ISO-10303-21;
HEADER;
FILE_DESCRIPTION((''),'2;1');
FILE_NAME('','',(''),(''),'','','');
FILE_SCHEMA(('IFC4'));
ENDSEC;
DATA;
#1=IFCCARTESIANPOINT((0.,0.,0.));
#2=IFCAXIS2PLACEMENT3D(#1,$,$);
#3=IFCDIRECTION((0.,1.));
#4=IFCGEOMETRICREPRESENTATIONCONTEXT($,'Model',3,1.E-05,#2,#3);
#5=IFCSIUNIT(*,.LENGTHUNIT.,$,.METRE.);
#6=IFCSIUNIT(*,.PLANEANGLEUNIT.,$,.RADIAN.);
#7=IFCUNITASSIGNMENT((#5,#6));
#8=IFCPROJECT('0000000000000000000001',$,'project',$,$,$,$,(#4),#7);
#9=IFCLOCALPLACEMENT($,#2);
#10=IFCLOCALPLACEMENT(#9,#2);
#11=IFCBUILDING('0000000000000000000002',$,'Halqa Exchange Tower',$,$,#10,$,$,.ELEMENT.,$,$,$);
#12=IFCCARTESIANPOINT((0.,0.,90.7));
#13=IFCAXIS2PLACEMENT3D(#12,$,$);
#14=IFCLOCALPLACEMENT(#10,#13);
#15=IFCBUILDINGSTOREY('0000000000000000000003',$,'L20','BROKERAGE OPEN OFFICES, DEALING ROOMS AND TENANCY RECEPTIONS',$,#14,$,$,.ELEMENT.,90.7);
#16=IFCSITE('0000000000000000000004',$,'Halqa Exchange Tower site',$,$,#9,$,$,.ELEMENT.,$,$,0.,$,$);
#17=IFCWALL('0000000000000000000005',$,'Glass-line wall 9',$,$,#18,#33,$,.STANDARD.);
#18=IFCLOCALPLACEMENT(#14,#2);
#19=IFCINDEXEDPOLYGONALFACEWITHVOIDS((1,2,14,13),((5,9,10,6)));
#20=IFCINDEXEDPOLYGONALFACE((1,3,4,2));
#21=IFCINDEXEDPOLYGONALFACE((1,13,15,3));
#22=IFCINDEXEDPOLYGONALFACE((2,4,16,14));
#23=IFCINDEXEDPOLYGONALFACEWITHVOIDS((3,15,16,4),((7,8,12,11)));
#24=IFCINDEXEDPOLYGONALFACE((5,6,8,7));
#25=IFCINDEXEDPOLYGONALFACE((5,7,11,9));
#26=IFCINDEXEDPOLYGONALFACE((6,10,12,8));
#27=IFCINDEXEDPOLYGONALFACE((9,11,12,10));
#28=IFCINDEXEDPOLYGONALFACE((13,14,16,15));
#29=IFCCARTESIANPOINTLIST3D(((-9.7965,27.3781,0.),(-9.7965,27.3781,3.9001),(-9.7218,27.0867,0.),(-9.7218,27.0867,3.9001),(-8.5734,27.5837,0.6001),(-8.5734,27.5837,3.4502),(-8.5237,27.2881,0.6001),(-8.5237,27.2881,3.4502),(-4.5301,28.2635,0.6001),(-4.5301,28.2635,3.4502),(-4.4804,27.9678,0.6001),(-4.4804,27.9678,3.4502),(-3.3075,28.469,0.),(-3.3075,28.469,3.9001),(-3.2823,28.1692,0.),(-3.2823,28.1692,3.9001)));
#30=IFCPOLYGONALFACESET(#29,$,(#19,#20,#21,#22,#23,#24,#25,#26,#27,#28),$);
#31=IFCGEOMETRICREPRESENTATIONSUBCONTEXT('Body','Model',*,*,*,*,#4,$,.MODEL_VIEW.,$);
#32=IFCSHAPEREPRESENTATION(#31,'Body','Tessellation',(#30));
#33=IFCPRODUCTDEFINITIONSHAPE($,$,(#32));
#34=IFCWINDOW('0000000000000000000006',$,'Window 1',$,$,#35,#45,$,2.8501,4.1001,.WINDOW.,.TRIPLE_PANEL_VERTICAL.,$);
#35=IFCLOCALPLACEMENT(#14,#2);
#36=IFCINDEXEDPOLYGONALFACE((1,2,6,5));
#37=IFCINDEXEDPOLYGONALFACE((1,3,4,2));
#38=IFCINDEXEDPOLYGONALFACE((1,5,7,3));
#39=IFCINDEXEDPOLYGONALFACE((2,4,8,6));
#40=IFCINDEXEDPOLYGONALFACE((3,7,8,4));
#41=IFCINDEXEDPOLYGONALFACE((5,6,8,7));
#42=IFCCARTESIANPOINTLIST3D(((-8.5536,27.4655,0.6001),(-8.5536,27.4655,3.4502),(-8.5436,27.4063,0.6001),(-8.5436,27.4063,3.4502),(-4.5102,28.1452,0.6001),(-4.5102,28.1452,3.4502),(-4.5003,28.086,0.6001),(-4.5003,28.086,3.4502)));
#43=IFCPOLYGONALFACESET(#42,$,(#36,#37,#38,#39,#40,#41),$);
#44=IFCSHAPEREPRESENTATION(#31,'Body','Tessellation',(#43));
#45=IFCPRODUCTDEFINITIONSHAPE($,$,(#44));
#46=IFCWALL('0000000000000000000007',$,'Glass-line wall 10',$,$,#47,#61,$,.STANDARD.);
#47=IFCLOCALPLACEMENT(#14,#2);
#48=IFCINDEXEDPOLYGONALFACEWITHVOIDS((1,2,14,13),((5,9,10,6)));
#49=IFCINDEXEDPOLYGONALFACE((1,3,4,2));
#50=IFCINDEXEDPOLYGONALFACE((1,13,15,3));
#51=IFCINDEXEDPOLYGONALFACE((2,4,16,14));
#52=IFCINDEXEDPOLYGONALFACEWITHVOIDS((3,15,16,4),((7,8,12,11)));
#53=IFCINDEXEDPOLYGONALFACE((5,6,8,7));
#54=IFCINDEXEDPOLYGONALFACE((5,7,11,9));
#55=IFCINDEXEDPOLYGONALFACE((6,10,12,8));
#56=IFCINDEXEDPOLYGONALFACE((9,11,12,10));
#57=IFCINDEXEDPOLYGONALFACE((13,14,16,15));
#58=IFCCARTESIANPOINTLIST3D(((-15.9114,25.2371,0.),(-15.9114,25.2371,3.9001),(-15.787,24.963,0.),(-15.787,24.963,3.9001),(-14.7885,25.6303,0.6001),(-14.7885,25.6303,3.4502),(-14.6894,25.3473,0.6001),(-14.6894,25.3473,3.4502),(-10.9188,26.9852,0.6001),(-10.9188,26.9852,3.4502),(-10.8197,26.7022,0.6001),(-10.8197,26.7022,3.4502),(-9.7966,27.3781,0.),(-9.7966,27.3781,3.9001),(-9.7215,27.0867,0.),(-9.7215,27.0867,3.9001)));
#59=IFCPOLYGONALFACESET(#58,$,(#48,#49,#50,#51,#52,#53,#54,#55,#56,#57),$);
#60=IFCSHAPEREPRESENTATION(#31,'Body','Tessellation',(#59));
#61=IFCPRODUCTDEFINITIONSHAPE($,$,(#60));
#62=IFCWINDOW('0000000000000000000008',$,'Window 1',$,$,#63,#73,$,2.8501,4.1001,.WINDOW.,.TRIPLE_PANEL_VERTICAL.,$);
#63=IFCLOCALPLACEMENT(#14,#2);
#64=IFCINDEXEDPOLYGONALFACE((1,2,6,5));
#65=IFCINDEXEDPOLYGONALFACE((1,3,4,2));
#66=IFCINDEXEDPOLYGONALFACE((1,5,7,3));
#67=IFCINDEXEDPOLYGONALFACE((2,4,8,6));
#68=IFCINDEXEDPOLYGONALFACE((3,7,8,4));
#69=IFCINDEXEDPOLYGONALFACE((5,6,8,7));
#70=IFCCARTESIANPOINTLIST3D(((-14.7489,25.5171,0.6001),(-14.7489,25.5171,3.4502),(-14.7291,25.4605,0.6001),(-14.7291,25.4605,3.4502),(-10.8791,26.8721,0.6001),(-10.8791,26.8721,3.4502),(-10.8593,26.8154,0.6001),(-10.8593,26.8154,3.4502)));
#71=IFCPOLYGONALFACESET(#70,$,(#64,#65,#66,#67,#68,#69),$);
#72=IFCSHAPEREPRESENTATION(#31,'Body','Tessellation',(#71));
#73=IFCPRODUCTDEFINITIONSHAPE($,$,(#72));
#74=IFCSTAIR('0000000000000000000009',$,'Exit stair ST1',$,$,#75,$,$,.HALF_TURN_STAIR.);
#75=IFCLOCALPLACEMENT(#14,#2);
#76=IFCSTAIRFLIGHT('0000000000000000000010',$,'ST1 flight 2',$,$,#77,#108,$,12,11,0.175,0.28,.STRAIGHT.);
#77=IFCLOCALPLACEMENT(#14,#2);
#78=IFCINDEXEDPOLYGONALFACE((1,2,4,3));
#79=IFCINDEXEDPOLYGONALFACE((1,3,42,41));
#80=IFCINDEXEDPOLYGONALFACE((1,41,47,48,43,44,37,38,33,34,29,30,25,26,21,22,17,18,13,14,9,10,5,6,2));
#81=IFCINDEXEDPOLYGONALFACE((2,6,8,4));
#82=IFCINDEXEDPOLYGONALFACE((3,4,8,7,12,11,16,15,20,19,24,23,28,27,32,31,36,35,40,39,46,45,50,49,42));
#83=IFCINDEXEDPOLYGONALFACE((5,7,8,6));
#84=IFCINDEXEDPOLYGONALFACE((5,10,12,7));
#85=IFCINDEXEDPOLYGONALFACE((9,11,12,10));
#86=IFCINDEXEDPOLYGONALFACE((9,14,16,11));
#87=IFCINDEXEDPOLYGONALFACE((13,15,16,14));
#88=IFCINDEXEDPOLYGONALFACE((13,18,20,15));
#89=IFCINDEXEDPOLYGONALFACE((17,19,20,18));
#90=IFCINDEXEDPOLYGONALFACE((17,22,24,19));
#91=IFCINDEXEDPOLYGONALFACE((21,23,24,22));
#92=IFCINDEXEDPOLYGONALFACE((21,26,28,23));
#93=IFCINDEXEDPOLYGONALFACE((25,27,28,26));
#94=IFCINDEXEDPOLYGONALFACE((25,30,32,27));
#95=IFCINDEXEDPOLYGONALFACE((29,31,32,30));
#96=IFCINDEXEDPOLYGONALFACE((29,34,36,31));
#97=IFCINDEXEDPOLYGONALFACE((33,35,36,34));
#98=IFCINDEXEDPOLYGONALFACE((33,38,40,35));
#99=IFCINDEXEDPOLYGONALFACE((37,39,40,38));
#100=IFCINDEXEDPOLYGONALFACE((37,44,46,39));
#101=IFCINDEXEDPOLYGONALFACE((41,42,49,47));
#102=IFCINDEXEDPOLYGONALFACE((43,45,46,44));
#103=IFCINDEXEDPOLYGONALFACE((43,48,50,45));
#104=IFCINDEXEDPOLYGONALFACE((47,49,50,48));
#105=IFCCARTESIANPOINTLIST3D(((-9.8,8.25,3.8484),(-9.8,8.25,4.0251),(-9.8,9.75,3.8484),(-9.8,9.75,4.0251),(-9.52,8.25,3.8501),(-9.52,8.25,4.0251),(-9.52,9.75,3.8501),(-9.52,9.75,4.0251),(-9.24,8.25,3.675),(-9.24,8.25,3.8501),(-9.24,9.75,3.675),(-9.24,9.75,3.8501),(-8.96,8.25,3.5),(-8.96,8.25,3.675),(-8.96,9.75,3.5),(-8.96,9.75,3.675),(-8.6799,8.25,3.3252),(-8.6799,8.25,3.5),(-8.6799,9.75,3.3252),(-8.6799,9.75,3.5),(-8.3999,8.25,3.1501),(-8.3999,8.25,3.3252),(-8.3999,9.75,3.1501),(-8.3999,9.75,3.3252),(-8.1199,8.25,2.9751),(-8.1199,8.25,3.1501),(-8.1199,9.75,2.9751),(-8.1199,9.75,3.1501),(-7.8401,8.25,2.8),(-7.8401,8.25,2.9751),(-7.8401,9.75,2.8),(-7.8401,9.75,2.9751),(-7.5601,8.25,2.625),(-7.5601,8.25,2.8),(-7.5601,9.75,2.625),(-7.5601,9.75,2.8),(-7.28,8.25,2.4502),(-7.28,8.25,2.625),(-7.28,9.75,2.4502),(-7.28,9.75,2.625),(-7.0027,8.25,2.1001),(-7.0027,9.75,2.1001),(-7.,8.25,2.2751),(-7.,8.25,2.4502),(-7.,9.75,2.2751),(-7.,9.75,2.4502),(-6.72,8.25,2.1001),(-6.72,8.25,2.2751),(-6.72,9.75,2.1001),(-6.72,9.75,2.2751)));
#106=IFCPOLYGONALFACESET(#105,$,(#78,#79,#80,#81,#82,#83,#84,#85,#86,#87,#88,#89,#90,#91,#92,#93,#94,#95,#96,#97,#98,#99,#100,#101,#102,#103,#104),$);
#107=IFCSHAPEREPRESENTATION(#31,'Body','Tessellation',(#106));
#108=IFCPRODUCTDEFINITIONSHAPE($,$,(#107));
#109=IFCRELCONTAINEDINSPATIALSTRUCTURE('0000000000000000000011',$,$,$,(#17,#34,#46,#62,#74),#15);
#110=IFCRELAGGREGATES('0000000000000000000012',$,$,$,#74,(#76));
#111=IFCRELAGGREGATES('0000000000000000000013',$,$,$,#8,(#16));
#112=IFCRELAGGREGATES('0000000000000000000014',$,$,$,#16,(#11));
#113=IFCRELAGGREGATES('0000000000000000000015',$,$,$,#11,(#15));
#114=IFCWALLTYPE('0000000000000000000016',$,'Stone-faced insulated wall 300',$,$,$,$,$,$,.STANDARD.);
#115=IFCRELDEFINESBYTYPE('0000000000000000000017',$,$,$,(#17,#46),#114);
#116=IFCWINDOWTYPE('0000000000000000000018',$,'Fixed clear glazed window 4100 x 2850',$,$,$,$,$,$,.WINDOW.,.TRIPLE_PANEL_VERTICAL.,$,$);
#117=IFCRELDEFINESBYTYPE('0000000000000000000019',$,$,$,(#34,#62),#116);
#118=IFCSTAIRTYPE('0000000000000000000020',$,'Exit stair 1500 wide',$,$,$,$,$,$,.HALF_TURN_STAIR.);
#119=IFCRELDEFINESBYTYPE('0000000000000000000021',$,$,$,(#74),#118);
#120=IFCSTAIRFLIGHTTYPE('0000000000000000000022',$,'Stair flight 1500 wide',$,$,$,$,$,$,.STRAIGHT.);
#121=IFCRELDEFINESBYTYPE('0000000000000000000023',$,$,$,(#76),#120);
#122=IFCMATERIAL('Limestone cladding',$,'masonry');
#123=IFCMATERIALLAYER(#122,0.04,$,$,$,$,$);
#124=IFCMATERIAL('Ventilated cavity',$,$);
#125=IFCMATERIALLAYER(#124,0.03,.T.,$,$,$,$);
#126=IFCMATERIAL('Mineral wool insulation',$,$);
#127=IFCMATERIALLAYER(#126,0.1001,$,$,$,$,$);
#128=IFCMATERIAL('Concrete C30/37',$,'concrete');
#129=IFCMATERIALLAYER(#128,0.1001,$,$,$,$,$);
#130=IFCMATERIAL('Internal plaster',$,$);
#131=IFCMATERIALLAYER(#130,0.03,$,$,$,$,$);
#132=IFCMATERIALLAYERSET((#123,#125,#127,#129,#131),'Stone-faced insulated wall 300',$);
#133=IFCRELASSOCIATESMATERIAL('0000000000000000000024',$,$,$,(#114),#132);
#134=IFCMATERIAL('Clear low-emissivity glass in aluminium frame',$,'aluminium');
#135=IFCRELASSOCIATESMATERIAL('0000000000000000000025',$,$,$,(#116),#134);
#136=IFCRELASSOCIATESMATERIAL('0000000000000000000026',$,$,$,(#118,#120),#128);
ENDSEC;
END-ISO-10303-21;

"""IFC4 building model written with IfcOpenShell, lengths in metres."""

from ifc_helpers import new_model, si_unit, direction, frame, frame_2d, origin, place, context, subcontext, project, spatial, polyline, rectangle, outline, extrude, material, layer, layer_set, type_object, element, fill, aggregate, save


model = new_model("IFC4")

# Units and contexts
model_context = context("Model", 3, precision=1e-05, world=origin(), true_north=direction((0.0, 1.0)))
body_context = subcontext(model_context, "Body", "Model", "MODEL_VIEW")
ifc_project = project(units=[si_unit("LENGTHUNIT", "METRE"), si_unit("PLANEANGLEUNIT", "RADIAN")], contexts=[model_context])

# Site, building, storey
site_placement = place(None, origin())
site = spatial("IfcSite", under=ifc_project, at=site_placement, Name="Halqa Exchange Tower site", CompositionType="ELEMENT", RefElevation=0.0)
building_placement = place(site_placement, origin())
building = spatial("IfcBuilding", under=site, at=building_placement, Name="Halqa Exchange Tower", CompositionType="ELEMENT")
storey_placement = place(building_placement, frame((0.0, 0.0, 90.7)))
storey = spatial("IfcBuildingStorey", under=building, at=storey_placement, Name="L20", Description="BROKERAGE OPEN OFFICES, DEALING ROOMS AND TENANCY RECEPTIONS", CompositionType="ELEMENT", Elevation=90.7)

# Shared definitions
ifc_material_1 = material(Name="Concrete C30/37", Category="concrete")

# Walls, openings, windows
ifc_material_2 = material(Name="Limestone cladding", Category="masonry")
ifc_layer_1 = layer(ifc_material_2, 0.04)
ifc_material_3 = material(Name="Ventilated cavity")
ifc_layer_2 = layer(ifc_material_3, 0.03, ventilated=True)
ifc_material_4 = material(Name="Mineral wool insulation")
ifc_layer_3 = layer(ifc_material_4, 0.1001)
ifc_layer_4 = layer(ifc_material_1, 0.1001)
ifc_material_5 = material(Name="Internal plaster")
ifc_layer_5 = layer(ifc_material_5, 0.03)
ifc_layer_set_1 = layer_set([ifc_layer_1, ifc_layer_2, ifc_layer_3, ifc_layer_4, ifc_layer_5], Name="Stone-faced insulated wall 300")
wall_type_1 = type_object("IfcWallType", Name="Stone-faced insulated wall 300", PredefinedType="STANDARD", material=ifc_layer_set_1)
wall_1_placement = place(storey_placement, frame((-3.2949, 28.3191, 0.0), z_axis=(0.0, 0.0, 1.0), x_axis=(-0.986162, -0.165782, 0.0)))
wall_1 = element("IfcWall", 1, at=wall_1_placement, inside=storey, type_object=wall_type_1, Name="Glass-line wall 9", PredefinedType="STANDARD", context=body_context, shape_type="SweptSolid", body=[
    extrude(outline(polyline([(-0.0125, -0.1499), (6.5676, -0.1499), (6.5422, 0.1499), (0.0125, 0.1499), (-0.0125, -0.1499)])), origin(), (0.0, 0.0, 1.0), 3.9001),
])
opening_1_placement = place(wall_1_placement, frame((1.2273, 0.0, 0.6001)))
opening_1 = element("IfcOpeningElement", 2, at=opening_1_placement, cuts=wall_1, PredefinedType="OPENING", context=body_context, shape_type="SweptSolid", body=[
    extrude(rectangle(XDim=4.1001, YDim=2.8501, at=frame_2d((2.05, 1.425))), frame((0.0, 0.1621, 0.0), z_axis=(0.0, -1.0, 0.0), x_axis=(1.0, 0.0, 0.0)), (0.0, 0.0, 1.0), 0.324),
])
ifc_material_6 = material(Name="Clear low-emissivity glass in aluminium frame", Category="aluminium")
window_type = type_object("IfcWindowType", Name="Fixed clear glazed window 4100 x 2850", PartitioningType="TRIPLE_PANEL_VERTICAL", PredefinedType="WINDOW", material=ifc_material_6)
window_1_placement = place(opening_1_placement, origin())
window_1 = element("IfcWindow", 3, at=window_1_placement, inside=storey, type_object=window_type, Name="Window 1", OverallHeight=2.8501, OverallWidth=4.1001, PartitioningType="TRIPLE_PANEL_VERTICAL", PredefinedType="WINDOW", context=body_context, shape_type="SweptSolid", body=[
    extrude(rectangle(XDim=4.1001, YDim=2.8501, at=frame_2d((2.05, 1.425))), frame((0.0, 0.03, 0.0), z_axis=(0.0, -1.0, 0.0), x_axis=(1.0, 0.0, 0.0)), (0.0, 0.0, 1.0), 0.0601),
])
fill(opening_1, window_1)
wall_2_placement = place(storey_placement, frame((-9.759, 27.2324, 0.0), z_axis=(0.0, 0.0, 1.0), x_axis=(-0.94382, -0.33046, 0.0)))
wall_2 = element("IfcWall", 4, at=wall_2_placement, inside=storey, type_object=wall_type_1, Name="Glass-line wall 10", PredefinedType="STANDARD", context=body_context, shape_type="SweptSolid", body=[
    extrude(outline(polyline([(-0.0127, -0.1499), (6.4661, -0.1499), (6.4392, 0.1499), (0.0127, 0.1499), (-0.0127, -0.1499)])), origin(), (0.0, 0.0, 1.0), 3.9001),
])
opening_2_placement = place(wall_2_placement, frame((1.1763, 0.0, 0.6001)))
opening_2 = element("IfcOpeningElement", 5, at=opening_2_placement, cuts=wall_2, PredefinedType="OPENING", context=body_context, shape_type="SweptSolid", body=[
    extrude(rectangle(XDim=4.1001, YDim=2.8501, at=frame_2d((2.05, 1.425))), frame((0.0, 0.1621, 0.0), z_axis=(0.0, -1.0, 0.0), x_axis=(1.0, 0.0, 0.0)), (0.0, 0.0, 1.0), 0.324),
])
window_2_placement = place(opening_2_placement, origin())
window_2 = element("IfcWindow", 6, at=window_2_placement, inside=storey, type_object=window_type, Name="Window 1", OverallHeight=2.8501, OverallWidth=4.1001, PartitioningType="TRIPLE_PANEL_VERTICAL", PredefinedType="WINDOW", context=body_context, shape_type="SweptSolid", body=[
    extrude(rectangle(XDim=4.1001, YDim=2.8501, at=frame_2d((2.05, 1.425))), frame((0.0, 0.03, 0.0), z_axis=(0.0, -1.0, 0.0), x_axis=(1.0, 0.0, 0.0)), (0.0, 0.0, 1.0), 0.0601),
])
fill(opening_2, window_2)

# Stair, stair flight
stair_type = type_object("IfcStairType", Name="Exit stair 1500 wide", PredefinedType="HALF_TURN_STAIR", material=ifc_material_1)
stair_placement = place(storey_placement, origin())
stair = element("IfcStair", 7, at=stair_placement, inside=storey, type_object=stair_type, Name="Exit stair ST1", PredefinedType="HALF_TURN_STAIR")
stair_flight_type = type_object("IfcStairFlightType", Name="Stair flight 1500 wide", PredefinedType="STRAIGHT", material=ifc_material_1)
stair_flight_placement = place(storey_placement, frame((-6.72, 9.0, 2.1001), z_axis=(0.0, 0.0, 1.0), x_axis=(-1.0, 0.0, 0.0)))
stair_flight = element("IfcStairFlight", 8, at=stair_flight_placement, type_object=stair_flight_type, Name="ST1 flight 2", NumberOfRisers=12, NumberOfTreads=11, PredefinedType="STRAIGHT", RiserHeight=0.175, TreadLength=0.28, context=body_context, shape_type="SweptSolid", body=[
    extrude(outline(polyline([(0.0, 0.0), (0.0, 0.175), (0.28, 0.175), (0.28, 0.3501), (0.5601, 0.3501), (0.5601, 0.5249), (0.8401, 0.5249), (0.8401, 0.7), (1.1201, 0.7), (1.1201, 0.875), (1.3999, 0.875), (1.3999, 1.05), (1.6799, 1.05), (1.6799, 1.2251), (1.96, 1.2251), (1.96, 1.3999), (2.24, 1.3999), (2.24, 1.575), (2.52, 1.575), (2.52, 1.75), (2.8, 1.75), (2.8, 1.925), (3.0801, 1.925), (3.0801, 2.1001), (3.0801, 1.7483), (0.2827, 0.0), (0.0, 0.0)])), frame((0.0, 0.75, 0.0), z_axis=(0.0, -1.0, 0.0), x_axis=(1.0, 0.0, 0.0)), (0.0, 0.0, 1.0), 1.5),
])
aggregate(stair, [stair_flight])

save(model, "model.ifc")
